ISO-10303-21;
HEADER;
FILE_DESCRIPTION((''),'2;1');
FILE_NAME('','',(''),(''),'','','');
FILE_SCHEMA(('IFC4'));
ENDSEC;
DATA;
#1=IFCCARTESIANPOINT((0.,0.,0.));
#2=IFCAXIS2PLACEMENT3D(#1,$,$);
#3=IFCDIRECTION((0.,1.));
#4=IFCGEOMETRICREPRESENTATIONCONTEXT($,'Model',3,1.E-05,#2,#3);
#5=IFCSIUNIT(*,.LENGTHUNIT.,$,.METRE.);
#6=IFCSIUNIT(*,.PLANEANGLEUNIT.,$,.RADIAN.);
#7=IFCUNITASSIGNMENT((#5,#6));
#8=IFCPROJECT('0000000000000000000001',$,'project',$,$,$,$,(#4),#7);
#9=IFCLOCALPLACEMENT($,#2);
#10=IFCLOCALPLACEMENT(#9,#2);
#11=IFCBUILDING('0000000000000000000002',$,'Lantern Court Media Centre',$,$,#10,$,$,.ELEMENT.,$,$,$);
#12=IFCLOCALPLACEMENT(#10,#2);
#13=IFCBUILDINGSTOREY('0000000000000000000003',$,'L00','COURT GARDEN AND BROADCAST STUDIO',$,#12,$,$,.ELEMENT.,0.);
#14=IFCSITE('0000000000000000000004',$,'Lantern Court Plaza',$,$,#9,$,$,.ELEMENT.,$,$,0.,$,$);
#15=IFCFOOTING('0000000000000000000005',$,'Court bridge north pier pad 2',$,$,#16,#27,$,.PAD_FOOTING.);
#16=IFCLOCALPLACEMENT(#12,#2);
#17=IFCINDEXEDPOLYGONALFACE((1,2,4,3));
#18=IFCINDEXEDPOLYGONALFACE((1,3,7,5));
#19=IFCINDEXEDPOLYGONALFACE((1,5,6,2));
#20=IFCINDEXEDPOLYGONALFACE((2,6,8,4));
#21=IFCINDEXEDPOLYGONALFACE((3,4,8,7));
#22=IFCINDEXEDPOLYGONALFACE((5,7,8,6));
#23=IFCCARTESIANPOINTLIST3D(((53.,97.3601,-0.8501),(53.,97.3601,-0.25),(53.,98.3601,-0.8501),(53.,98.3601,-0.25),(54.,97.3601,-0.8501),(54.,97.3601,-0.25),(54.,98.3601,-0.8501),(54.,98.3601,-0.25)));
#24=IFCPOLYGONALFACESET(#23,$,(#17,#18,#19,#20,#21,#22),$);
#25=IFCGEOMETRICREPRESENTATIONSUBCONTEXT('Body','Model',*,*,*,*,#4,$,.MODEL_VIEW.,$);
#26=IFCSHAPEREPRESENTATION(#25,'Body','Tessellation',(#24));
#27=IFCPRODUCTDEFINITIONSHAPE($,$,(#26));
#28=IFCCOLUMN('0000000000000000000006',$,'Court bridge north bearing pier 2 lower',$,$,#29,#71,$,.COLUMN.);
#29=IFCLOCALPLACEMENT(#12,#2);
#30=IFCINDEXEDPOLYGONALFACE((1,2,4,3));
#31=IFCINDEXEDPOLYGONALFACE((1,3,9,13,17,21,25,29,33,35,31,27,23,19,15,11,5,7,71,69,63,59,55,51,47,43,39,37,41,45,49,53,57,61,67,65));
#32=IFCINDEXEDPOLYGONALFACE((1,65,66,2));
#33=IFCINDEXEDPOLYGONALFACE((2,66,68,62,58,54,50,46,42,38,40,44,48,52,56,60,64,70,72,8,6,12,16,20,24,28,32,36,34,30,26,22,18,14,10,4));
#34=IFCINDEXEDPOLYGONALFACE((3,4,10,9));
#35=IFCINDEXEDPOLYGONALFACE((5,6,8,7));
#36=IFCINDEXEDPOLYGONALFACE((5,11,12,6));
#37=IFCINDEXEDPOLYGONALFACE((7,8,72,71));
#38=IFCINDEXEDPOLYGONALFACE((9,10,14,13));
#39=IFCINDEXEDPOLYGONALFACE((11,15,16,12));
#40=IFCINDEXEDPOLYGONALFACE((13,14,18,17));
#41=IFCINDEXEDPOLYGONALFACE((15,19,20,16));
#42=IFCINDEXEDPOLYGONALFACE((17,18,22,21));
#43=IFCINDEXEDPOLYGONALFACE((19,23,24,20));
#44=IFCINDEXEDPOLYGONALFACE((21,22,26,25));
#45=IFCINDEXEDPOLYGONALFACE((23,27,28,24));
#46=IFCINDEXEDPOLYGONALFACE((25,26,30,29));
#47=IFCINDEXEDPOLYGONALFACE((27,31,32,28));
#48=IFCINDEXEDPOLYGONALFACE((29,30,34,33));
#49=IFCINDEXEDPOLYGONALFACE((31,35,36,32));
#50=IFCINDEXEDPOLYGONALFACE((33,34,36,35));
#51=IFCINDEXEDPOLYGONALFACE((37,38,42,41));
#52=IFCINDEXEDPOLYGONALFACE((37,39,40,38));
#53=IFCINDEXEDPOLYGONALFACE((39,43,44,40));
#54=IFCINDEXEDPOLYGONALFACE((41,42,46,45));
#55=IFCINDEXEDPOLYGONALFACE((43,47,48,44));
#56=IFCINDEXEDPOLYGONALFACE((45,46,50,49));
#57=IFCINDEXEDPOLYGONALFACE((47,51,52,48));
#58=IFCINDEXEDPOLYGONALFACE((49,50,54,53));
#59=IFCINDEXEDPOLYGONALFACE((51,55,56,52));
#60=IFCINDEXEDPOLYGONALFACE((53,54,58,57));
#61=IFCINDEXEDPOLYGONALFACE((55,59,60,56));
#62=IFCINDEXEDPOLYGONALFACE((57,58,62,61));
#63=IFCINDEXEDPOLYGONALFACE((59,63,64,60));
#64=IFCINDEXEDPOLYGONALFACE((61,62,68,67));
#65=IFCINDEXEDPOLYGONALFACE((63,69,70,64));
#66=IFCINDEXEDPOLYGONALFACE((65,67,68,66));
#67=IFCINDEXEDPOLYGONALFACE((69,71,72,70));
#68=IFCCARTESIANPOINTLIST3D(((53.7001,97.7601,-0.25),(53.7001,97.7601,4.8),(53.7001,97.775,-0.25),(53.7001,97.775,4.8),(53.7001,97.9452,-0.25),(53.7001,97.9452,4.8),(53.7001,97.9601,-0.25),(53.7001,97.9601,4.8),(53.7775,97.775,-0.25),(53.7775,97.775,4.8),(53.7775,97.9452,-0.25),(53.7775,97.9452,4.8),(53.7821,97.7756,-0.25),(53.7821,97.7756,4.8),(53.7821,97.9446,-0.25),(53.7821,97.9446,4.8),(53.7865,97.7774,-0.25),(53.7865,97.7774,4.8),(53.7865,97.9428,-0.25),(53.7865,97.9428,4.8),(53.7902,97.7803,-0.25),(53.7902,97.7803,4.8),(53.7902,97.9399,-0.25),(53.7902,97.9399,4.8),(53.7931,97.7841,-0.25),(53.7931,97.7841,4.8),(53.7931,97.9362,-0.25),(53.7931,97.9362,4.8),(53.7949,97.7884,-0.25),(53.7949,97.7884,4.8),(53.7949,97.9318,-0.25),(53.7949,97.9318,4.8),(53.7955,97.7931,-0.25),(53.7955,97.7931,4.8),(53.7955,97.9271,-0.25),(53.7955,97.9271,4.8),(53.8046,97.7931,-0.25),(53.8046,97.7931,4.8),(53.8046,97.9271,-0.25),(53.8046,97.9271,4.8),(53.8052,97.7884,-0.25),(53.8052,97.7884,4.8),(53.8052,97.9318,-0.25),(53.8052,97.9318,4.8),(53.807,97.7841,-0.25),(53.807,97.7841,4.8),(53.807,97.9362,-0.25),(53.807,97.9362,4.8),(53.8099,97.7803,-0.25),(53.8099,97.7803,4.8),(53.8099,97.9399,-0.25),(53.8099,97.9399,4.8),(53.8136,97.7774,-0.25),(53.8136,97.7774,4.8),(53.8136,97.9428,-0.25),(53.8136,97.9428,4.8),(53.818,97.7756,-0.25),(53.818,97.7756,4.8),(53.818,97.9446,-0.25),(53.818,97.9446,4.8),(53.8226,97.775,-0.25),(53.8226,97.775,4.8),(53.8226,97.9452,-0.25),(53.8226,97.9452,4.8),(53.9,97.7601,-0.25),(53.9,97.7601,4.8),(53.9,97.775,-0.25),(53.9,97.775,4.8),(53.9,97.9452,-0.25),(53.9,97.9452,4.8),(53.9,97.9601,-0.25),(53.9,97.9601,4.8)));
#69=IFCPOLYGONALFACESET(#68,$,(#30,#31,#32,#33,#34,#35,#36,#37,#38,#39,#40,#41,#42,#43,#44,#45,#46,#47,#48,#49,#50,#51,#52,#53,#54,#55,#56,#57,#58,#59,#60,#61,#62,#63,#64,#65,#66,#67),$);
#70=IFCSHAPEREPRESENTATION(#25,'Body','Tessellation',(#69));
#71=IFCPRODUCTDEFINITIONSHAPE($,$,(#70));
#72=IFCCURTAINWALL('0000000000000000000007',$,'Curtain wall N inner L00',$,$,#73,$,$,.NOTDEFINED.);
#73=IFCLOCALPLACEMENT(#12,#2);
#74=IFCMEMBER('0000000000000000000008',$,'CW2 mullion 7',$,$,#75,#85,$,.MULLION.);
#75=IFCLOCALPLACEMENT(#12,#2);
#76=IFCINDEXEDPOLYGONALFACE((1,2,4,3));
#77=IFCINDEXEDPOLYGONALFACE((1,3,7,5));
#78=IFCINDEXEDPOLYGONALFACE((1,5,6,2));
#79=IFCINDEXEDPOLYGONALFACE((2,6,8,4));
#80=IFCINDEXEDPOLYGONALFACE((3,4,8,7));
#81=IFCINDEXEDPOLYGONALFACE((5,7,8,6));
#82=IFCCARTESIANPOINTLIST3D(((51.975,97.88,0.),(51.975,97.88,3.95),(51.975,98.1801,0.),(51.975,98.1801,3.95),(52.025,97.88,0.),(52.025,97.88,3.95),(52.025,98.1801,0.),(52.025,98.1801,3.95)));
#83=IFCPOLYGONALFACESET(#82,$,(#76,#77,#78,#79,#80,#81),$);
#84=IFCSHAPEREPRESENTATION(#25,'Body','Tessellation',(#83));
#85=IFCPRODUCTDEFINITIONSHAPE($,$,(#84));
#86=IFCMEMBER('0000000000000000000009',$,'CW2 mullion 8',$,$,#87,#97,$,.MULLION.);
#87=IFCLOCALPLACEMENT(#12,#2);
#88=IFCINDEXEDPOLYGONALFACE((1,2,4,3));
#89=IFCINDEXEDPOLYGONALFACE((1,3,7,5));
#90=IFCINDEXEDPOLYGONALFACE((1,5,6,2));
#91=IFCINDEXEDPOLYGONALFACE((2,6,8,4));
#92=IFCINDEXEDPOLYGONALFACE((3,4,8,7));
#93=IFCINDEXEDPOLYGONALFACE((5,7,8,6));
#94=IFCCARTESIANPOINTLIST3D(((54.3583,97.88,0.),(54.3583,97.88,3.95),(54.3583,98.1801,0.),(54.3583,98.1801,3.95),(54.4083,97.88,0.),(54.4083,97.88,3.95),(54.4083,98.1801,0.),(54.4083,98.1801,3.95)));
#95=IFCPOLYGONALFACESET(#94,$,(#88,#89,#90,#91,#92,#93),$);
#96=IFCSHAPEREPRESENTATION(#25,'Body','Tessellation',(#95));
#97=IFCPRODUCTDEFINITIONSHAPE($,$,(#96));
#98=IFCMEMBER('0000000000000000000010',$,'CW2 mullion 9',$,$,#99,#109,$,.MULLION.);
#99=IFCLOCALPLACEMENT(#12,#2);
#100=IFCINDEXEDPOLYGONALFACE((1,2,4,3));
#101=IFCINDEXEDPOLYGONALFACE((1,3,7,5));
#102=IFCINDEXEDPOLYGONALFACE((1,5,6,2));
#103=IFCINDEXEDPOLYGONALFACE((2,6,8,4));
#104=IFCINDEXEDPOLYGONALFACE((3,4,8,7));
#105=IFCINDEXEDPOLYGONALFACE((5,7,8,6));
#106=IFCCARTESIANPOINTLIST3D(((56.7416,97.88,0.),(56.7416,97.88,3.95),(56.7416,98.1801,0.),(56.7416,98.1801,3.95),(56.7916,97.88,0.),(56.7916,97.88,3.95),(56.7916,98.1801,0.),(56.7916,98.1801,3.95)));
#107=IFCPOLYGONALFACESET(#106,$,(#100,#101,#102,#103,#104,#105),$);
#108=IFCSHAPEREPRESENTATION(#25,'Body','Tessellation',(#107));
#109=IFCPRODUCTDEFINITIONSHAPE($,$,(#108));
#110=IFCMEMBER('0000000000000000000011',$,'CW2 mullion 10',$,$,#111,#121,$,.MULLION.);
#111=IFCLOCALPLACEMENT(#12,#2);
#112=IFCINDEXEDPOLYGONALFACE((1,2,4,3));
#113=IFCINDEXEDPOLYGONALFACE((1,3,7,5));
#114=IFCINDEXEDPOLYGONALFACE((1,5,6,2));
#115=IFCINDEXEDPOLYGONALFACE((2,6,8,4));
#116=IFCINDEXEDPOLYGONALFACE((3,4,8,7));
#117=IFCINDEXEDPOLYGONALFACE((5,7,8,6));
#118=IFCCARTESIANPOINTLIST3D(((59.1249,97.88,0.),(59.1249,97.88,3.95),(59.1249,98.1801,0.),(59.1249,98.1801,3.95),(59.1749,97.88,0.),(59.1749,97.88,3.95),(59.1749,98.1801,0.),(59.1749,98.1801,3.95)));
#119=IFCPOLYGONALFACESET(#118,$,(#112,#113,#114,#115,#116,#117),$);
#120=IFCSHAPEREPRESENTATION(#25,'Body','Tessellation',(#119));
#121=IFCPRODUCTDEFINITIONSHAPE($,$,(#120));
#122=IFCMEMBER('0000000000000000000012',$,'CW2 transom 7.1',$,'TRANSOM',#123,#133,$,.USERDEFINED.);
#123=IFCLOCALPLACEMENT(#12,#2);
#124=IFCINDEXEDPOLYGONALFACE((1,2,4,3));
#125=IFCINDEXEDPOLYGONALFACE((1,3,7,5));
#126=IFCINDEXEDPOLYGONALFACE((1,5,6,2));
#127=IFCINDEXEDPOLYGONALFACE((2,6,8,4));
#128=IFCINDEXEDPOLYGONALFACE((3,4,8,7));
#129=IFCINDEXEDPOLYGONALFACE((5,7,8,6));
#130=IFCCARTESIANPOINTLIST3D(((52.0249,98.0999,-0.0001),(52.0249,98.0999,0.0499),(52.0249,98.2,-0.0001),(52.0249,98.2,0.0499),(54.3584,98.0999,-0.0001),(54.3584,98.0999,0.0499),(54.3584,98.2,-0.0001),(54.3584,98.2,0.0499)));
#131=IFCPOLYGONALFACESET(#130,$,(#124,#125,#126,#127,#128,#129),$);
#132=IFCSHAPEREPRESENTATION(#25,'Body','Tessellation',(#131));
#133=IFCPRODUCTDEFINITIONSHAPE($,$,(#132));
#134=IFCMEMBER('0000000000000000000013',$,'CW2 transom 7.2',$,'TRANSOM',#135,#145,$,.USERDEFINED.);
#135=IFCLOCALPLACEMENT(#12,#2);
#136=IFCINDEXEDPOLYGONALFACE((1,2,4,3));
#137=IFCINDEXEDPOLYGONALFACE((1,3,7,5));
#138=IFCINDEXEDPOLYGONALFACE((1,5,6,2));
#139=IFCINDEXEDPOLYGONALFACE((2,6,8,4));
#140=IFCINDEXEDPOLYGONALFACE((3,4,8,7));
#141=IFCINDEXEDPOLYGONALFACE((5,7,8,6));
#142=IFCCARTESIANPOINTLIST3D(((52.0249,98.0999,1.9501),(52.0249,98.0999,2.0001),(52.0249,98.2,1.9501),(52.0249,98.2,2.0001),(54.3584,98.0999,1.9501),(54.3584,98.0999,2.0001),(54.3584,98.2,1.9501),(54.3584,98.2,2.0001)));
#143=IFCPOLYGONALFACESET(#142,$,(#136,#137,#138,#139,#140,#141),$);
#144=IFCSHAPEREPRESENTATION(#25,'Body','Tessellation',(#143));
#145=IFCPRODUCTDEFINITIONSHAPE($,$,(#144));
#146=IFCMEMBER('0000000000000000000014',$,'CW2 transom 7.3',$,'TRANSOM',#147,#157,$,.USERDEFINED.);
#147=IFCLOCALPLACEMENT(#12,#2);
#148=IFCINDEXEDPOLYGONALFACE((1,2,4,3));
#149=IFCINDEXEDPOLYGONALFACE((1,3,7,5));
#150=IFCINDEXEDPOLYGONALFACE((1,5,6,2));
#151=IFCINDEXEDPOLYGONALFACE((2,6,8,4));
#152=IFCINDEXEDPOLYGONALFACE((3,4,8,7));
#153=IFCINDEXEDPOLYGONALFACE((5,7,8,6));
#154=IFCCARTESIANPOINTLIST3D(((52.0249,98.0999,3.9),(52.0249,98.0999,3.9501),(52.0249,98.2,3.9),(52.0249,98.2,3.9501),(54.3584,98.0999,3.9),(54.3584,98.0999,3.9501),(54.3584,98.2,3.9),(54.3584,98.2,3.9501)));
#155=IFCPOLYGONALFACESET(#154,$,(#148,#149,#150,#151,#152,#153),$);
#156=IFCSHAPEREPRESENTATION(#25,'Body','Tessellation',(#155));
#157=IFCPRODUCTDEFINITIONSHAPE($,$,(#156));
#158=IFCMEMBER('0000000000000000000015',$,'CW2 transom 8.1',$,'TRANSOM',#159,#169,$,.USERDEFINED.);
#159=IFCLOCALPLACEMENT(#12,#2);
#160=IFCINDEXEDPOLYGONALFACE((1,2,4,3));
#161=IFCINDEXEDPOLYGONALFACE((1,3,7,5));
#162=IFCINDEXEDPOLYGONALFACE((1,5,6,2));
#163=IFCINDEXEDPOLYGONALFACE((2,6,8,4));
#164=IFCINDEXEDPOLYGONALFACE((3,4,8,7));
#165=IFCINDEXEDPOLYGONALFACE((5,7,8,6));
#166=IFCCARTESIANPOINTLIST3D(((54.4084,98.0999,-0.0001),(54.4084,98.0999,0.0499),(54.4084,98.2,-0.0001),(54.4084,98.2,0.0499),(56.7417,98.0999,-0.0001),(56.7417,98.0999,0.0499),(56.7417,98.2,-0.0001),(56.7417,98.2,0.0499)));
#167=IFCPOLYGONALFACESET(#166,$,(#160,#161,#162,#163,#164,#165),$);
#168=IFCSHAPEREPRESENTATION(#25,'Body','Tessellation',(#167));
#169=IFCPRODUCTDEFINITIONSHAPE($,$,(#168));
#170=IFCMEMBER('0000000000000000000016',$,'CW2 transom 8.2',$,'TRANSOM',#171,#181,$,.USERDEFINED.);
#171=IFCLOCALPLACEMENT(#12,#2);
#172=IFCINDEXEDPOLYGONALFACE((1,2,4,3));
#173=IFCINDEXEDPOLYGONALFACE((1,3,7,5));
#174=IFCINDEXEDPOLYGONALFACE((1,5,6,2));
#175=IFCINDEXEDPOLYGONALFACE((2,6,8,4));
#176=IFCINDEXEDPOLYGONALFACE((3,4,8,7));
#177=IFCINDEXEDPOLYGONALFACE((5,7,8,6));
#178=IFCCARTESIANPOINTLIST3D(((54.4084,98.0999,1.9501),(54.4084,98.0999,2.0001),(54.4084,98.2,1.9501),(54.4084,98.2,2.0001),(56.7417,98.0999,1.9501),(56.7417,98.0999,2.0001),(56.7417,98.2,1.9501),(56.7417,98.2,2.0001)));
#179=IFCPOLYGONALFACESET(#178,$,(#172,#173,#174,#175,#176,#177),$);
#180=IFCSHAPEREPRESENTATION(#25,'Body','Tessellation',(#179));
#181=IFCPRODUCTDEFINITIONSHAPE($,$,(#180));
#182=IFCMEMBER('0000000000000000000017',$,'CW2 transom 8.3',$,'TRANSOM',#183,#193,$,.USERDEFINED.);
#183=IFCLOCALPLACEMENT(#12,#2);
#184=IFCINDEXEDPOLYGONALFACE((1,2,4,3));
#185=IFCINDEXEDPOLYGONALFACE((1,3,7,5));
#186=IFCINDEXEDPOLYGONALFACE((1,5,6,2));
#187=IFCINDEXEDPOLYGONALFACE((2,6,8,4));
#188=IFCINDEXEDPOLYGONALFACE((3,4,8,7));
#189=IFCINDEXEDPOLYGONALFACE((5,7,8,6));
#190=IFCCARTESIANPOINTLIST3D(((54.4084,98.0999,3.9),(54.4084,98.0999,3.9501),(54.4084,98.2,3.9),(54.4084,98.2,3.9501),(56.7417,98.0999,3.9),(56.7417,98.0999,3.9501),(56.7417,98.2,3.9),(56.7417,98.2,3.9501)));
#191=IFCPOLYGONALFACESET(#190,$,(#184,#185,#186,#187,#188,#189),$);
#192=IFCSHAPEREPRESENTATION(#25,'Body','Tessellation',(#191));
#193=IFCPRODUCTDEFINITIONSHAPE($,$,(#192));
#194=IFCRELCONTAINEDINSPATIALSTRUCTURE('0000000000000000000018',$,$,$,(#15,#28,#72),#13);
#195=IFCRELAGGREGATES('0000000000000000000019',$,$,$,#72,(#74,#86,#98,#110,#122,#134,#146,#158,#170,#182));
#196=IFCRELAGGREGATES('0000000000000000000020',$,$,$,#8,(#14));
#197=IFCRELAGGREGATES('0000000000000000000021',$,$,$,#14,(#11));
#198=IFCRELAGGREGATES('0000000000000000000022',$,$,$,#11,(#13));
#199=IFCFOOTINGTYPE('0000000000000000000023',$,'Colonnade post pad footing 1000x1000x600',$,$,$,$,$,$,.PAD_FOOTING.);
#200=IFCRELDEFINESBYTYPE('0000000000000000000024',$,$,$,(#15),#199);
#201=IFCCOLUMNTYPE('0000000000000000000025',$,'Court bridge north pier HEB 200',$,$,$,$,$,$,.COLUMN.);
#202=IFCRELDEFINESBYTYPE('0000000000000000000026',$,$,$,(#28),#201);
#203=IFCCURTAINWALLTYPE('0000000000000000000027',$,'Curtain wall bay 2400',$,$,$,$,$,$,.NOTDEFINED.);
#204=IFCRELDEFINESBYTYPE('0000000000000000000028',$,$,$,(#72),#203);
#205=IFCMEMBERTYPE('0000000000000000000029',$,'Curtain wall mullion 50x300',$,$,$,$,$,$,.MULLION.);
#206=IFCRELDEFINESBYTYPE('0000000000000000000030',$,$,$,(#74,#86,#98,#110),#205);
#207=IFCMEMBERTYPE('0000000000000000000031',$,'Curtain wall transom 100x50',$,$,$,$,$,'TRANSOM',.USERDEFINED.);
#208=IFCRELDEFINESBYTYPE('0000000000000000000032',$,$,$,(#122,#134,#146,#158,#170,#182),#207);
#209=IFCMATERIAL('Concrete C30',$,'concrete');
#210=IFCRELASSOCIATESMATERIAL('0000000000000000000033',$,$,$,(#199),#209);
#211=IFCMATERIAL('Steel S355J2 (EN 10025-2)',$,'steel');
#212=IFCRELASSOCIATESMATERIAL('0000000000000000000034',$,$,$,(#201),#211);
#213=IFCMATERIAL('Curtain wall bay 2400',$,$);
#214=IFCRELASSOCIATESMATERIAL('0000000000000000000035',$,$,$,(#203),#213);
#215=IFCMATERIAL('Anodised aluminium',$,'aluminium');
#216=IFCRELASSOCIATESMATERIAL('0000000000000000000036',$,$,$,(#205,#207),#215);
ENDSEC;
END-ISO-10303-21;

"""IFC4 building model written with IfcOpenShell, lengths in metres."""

from ifc_helpers import new_model, si_unit, direction, frame, origin, origin_2d, place, context, subcontext, project, spatial, rectangle, i_section, extrude, material, material_profile, profile_set, type_object, element, aggregate, save


model = new_model("IFC4")

# Units and contexts
model_context = context("Model", 3, precision=1e-05, world=origin(), true_north=direction((0.0, 1.0)))
body_context = subcontext(model_context, "Body", "Model", "MODEL_VIEW")
ifc_project = project(units=[si_unit("LENGTHUNIT", "METRE"), si_unit("PLANEANGLEUNIT", "RADIAN")], contexts=[model_context])

# Site, building, storey
site_placement = place(None, origin())
site = spatial("IfcSite", under=ifc_project, at=site_placement, Name="Lantern Court Plaza", CompositionType="ELEMENT", RefElevation=0.0)
building_placement = place(site_placement, origin())
building = spatial("IfcBuilding", under=site, at=building_placement, Name="Lantern Court Media Centre", CompositionType="ELEMENT")
storey_placement = place(building_placement, origin())
storey = spatial("IfcBuildingStorey", under=building, at=storey_placement, Name="L00", Description="COURT GARDEN AND BROADCAST STUDIO", CompositionType="ELEMENT", Elevation=0.0)

# Footing
ifc_material_1 = material(Name="Concrete C30", Category="concrete")
footing_type = type_object("IfcFootingType", Name="Colonnade post pad footing 1000x1000x600", PredefinedType="PAD_FOOTING", material=ifc_material_1)
footing_placement = place(storey_placement, frame((53.5, 97.8601, -0.8501), z_axis=(0.0, 0.0, 1.0), x_axis=(1.0, 0.0, 0.0)))
element("IfcFooting", 1, at=footing_placement, inside=storey, type_object=footing_type, Name="Court bridge north pier pad 2", PredefinedType="PAD_FOOTING", context=body_context, shape_type="SweptSolid", body=[
    extrude(rectangle(XDim=1.0, YDim=1.0, at=origin_2d()), origin(), (0.0, 0.0, 1.0), 0.6001),
])

# Column
ifc_material_2 = material(Name="Steel S355J2 (EN 10025-2)", Category="steel")
ifc_material_profile_1 = material_profile(ifc_material_2, i_section(OverallWidth=0.2, OverallDepth=0.2, WebThickness=0.009, FlangeThickness=0.0149, FilletRadius=0.0181, at=origin_2d()), Name="HEB 200")
ifc_profile_set_1 = profile_set([ifc_material_profile_1], Name="Steel S355J2 (EN 10025-2)")
column_type = type_object("IfcColumnType", Name="Court bridge north pier HEB 200", PredefinedType="COLUMN", material=ifc_profile_set_1)
column_placement = place(storey_placement, frame((53.8, 97.8601, -0.25), z_axis=(0.0, 0.0, 1.0), x_axis=(1.0, 0.0, 0.0)))
element("IfcColumn", 2, at=column_placement, inside=storey, type_object=column_type, Name="Court bridge north bearing pier 2 lower", PredefinedType="COLUMN", context=body_context, shape_type="SweptSolid", body=[
    extrude(i_section(OverallWidth=0.2, OverallDepth=0.2, WebThickness=0.009, FlangeThickness=0.0149, FilletRadius=0.0181, at=origin_2d()), origin(), (0.0, 0.0, 1.0), 5.05),
])

# Curtain wall, members
ifc_material_3 = material(Name="Curtain wall bay 2400")
curtain_wall_type = type_object("IfcCurtainWallType", Name="Curtain wall bay 2400", PredefinedType="NOTDEFINED", material=ifc_material_3)
curtain_wall_placement = place(storey_placement, origin())
curtain_wall = element("IfcCurtainWall", 3, at=curtain_wall_placement, inside=storey, type_object=curtain_wall_type, Name="Curtain wall N inner L00", PredefinedType="NOTDEFINED")
ifc_material_4 = material(Name="Anodised aluminium", Category="aluminium")
ifc_material_profile_2 = material_profile(ifc_material_4, rectangle(XDim=0.3, YDim=0.05, at=origin_2d()), Name="AL 50x300")
ifc_profile_set_2 = profile_set([ifc_material_profile_2], Name="Anodised aluminium")
member_type_1 = type_object("IfcMemberType", Name="Curtain wall mullion 50x300", PredefinedType="MULLION", material=ifc_profile_set_2)
member_1_placement = place(storey_placement, frame((52.0, 98.03, 0.0), z_axis=(0.0, 0.0, 1.0), x_axis=(0.0, 1.0, 0.0)))
member_1 = element("IfcMember", 4, at=member_1_placement, type_object=member_type_1, Name="CW2 mullion 7", PredefinedType="MULLION", context=body_context, shape_type="SweptSolid", body=[
    extrude(rectangle(XDim=0.3, YDim=0.05, at=origin_2d()), origin(), (0.0, 0.0, 1.0), 3.95),
])
member_2_placement = place(storey_placement, frame((54.3833, 98.03, 0.0), z_axis=(0.0, 0.0, 1.0), x_axis=(0.0, 1.0, 0.0)))
member_2 = element("IfcMember", 5, at=member_2_placement, type_object=member_type_1, Name="CW2 mullion 8", PredefinedType="MULLION", context=body_context, shape_type="SweptSolid", body=[
    extrude(rectangle(XDim=0.3, YDim=0.05, at=origin_2d()), origin(), (0.0, 0.0, 1.0), 3.95),
])
member_3_placement = place(storey_placement, frame((56.7666, 98.03, 0.0), z_axis=(0.0, 0.0, 1.0), x_axis=(0.0, 1.0, 0.0)))
member_3 = element("IfcMember", 6, at=member_3_placement, type_object=member_type_1, Name="CW2 mullion 9", PredefinedType="MULLION", context=body_context, shape_type="SweptSolid", body=[
    extrude(rectangle(XDim=0.3, YDim=0.05, at=origin_2d()), origin(), (0.0, 0.0, 1.0), 3.95),
])
member_4_placement = place(storey_placement, frame((59.1499, 98.03, 0.0), z_axis=(0.0, 0.0, 1.0), x_axis=(0.0, 1.0, 0.0)))
member_4 = element("IfcMember", 7, at=member_4_placement, type_object=member_type_1, Name="CW2 mullion 10", PredefinedType="MULLION", context=body_context, shape_type="SweptSolid", body=[
    extrude(rectangle(XDim=0.3, YDim=0.05, at=origin_2d()), origin(), (0.0, 0.0, 1.0), 3.95),
])
ifc_material_profile_3 = material_profile(ifc_material_4, rectangle(XDim=0.1001, YDim=0.05, at=origin_2d()), Name="AL 50x100")
ifc_profile_set_3 = profile_set([ifc_material_profile_3], Name="Anodised aluminium")
member_type_2 = type_object("IfcMemberType", Name="Curtain wall transom 100x50", ElementType="TRANSOM", PredefinedType="USERDEFINED", material=ifc_profile_set_3)
member_5_placement = place(storey_placement, frame((52.0249, 98.1499, 0.0249), z_axis=(1.0, 0.0, 0.0), x_axis=(0.0, 1.0, 0.0)))
member_5 = element("IfcMember", 8, at=member_5_placement, type_object=member_type_2, Name="CW2 transom 7.1", ObjectType="TRANSOM", PredefinedType="USERDEFINED", context=body_context, shape_type="SweptSolid", body=[
    extrude(rectangle(XDim=0.1001, YDim=0.05, at=origin_2d()), origin(), (0.0, 0.0, 1.0), 2.3335),
])
member_6_placement = place(storey_placement, frame((52.0249, 98.1499, 1.9751), z_axis=(1.0, 0.0, 0.0), x_axis=(0.0, 1.0, 0.0)))
member_6 = element("IfcMember", 9, at=member_6_placement, type_object=member_type_2, Name="CW2 transom 7.2", ObjectType="TRANSOM", PredefinedType="USERDEFINED", context=body_context, shape_type="SweptSolid", body=[
    extrude(rectangle(XDim=0.1001, YDim=0.05, at=origin_2d()), origin(), (0.0, 0.0, 1.0), 2.3335),
])
member_7_placement = place(storey_placement, frame((52.0249, 98.1499, 3.925), z_axis=(1.0, 0.0, 0.0), x_axis=(0.0, 1.0, 0.0)))
member_7 = element("IfcMember", 10, at=member_7_placement, type_object=member_type_2, Name="CW2 transom 7.3", ObjectType="TRANSOM", PredefinedType="USERDEFINED", context=body_context, shape_type="SweptSolid", body=[
    extrude(rectangle(XDim=0.1001, YDim=0.05, at=origin_2d()), origin(), (0.0, 0.0, 1.0), 2.3335),
])
member_8_placement = place(storey_placement, frame((54.4084, 98.1499, 0.0249), z_axis=(1.0, 0.0, 0.0), x_axis=(0.0, 1.0, 0.0)))
member_8 = element("IfcMember", 11, at=member_8_placement, type_object=member_type_2, Name="CW2 transom 8.1", ObjectType="TRANSOM", PredefinedType="USERDEFINED", context=body_context, shape_type="SweptSolid", body=[
    extrude(rectangle(XDim=0.1001, YDim=0.05, at=origin_2d()), origin(), (0.0, 0.0, 1.0), 2.3333),
])
member_9_placement = place(storey_placement, frame((54.4084, 98.1499, 1.9751), z_axis=(1.0, 0.0, 0.0), x_axis=(0.0, 1.0, 0.0)))
member_9 = element("IfcMember", 12, at=member_9_placement, type_object=member_type_2, Name="CW2 transom 8.2", ObjectType="TRANSOM", PredefinedType="USERDEFINED", context=body_context, shape_type="SweptSolid", body=[
    extrude(rectangle(XDim=0.1001, YDim=0.05, at=origin_2d()), origin(), (0.0, 0.0, 1.0), 2.3333),
])
member_10_placement = place(storey_placement, frame((54.4084, 98.1499, 3.925), z_axis=(1.0, 0.0, 0.0), x_axis=(0.0, 1.0, 0.0)))
member_10 = element("IfcMember", 13, at=member_10_placement, type_object=member_type_2, Name="CW2 transom 8.3", ObjectType="TRANSOM", PredefinedType="USERDEFINED", context=body_context, shape_type="SweptSolid", body=[
    extrude(rectangle(XDim=0.1001, YDim=0.05, at=origin_2d()), origin(), (0.0, 0.0, 1.0), 2.3333),
])

aggregate(curtain_wall, [member_1, member_2, member_3, member_4, member_5, member_6, member_7, member_8, member_9, member_10])

save(model, "model.ifc")
